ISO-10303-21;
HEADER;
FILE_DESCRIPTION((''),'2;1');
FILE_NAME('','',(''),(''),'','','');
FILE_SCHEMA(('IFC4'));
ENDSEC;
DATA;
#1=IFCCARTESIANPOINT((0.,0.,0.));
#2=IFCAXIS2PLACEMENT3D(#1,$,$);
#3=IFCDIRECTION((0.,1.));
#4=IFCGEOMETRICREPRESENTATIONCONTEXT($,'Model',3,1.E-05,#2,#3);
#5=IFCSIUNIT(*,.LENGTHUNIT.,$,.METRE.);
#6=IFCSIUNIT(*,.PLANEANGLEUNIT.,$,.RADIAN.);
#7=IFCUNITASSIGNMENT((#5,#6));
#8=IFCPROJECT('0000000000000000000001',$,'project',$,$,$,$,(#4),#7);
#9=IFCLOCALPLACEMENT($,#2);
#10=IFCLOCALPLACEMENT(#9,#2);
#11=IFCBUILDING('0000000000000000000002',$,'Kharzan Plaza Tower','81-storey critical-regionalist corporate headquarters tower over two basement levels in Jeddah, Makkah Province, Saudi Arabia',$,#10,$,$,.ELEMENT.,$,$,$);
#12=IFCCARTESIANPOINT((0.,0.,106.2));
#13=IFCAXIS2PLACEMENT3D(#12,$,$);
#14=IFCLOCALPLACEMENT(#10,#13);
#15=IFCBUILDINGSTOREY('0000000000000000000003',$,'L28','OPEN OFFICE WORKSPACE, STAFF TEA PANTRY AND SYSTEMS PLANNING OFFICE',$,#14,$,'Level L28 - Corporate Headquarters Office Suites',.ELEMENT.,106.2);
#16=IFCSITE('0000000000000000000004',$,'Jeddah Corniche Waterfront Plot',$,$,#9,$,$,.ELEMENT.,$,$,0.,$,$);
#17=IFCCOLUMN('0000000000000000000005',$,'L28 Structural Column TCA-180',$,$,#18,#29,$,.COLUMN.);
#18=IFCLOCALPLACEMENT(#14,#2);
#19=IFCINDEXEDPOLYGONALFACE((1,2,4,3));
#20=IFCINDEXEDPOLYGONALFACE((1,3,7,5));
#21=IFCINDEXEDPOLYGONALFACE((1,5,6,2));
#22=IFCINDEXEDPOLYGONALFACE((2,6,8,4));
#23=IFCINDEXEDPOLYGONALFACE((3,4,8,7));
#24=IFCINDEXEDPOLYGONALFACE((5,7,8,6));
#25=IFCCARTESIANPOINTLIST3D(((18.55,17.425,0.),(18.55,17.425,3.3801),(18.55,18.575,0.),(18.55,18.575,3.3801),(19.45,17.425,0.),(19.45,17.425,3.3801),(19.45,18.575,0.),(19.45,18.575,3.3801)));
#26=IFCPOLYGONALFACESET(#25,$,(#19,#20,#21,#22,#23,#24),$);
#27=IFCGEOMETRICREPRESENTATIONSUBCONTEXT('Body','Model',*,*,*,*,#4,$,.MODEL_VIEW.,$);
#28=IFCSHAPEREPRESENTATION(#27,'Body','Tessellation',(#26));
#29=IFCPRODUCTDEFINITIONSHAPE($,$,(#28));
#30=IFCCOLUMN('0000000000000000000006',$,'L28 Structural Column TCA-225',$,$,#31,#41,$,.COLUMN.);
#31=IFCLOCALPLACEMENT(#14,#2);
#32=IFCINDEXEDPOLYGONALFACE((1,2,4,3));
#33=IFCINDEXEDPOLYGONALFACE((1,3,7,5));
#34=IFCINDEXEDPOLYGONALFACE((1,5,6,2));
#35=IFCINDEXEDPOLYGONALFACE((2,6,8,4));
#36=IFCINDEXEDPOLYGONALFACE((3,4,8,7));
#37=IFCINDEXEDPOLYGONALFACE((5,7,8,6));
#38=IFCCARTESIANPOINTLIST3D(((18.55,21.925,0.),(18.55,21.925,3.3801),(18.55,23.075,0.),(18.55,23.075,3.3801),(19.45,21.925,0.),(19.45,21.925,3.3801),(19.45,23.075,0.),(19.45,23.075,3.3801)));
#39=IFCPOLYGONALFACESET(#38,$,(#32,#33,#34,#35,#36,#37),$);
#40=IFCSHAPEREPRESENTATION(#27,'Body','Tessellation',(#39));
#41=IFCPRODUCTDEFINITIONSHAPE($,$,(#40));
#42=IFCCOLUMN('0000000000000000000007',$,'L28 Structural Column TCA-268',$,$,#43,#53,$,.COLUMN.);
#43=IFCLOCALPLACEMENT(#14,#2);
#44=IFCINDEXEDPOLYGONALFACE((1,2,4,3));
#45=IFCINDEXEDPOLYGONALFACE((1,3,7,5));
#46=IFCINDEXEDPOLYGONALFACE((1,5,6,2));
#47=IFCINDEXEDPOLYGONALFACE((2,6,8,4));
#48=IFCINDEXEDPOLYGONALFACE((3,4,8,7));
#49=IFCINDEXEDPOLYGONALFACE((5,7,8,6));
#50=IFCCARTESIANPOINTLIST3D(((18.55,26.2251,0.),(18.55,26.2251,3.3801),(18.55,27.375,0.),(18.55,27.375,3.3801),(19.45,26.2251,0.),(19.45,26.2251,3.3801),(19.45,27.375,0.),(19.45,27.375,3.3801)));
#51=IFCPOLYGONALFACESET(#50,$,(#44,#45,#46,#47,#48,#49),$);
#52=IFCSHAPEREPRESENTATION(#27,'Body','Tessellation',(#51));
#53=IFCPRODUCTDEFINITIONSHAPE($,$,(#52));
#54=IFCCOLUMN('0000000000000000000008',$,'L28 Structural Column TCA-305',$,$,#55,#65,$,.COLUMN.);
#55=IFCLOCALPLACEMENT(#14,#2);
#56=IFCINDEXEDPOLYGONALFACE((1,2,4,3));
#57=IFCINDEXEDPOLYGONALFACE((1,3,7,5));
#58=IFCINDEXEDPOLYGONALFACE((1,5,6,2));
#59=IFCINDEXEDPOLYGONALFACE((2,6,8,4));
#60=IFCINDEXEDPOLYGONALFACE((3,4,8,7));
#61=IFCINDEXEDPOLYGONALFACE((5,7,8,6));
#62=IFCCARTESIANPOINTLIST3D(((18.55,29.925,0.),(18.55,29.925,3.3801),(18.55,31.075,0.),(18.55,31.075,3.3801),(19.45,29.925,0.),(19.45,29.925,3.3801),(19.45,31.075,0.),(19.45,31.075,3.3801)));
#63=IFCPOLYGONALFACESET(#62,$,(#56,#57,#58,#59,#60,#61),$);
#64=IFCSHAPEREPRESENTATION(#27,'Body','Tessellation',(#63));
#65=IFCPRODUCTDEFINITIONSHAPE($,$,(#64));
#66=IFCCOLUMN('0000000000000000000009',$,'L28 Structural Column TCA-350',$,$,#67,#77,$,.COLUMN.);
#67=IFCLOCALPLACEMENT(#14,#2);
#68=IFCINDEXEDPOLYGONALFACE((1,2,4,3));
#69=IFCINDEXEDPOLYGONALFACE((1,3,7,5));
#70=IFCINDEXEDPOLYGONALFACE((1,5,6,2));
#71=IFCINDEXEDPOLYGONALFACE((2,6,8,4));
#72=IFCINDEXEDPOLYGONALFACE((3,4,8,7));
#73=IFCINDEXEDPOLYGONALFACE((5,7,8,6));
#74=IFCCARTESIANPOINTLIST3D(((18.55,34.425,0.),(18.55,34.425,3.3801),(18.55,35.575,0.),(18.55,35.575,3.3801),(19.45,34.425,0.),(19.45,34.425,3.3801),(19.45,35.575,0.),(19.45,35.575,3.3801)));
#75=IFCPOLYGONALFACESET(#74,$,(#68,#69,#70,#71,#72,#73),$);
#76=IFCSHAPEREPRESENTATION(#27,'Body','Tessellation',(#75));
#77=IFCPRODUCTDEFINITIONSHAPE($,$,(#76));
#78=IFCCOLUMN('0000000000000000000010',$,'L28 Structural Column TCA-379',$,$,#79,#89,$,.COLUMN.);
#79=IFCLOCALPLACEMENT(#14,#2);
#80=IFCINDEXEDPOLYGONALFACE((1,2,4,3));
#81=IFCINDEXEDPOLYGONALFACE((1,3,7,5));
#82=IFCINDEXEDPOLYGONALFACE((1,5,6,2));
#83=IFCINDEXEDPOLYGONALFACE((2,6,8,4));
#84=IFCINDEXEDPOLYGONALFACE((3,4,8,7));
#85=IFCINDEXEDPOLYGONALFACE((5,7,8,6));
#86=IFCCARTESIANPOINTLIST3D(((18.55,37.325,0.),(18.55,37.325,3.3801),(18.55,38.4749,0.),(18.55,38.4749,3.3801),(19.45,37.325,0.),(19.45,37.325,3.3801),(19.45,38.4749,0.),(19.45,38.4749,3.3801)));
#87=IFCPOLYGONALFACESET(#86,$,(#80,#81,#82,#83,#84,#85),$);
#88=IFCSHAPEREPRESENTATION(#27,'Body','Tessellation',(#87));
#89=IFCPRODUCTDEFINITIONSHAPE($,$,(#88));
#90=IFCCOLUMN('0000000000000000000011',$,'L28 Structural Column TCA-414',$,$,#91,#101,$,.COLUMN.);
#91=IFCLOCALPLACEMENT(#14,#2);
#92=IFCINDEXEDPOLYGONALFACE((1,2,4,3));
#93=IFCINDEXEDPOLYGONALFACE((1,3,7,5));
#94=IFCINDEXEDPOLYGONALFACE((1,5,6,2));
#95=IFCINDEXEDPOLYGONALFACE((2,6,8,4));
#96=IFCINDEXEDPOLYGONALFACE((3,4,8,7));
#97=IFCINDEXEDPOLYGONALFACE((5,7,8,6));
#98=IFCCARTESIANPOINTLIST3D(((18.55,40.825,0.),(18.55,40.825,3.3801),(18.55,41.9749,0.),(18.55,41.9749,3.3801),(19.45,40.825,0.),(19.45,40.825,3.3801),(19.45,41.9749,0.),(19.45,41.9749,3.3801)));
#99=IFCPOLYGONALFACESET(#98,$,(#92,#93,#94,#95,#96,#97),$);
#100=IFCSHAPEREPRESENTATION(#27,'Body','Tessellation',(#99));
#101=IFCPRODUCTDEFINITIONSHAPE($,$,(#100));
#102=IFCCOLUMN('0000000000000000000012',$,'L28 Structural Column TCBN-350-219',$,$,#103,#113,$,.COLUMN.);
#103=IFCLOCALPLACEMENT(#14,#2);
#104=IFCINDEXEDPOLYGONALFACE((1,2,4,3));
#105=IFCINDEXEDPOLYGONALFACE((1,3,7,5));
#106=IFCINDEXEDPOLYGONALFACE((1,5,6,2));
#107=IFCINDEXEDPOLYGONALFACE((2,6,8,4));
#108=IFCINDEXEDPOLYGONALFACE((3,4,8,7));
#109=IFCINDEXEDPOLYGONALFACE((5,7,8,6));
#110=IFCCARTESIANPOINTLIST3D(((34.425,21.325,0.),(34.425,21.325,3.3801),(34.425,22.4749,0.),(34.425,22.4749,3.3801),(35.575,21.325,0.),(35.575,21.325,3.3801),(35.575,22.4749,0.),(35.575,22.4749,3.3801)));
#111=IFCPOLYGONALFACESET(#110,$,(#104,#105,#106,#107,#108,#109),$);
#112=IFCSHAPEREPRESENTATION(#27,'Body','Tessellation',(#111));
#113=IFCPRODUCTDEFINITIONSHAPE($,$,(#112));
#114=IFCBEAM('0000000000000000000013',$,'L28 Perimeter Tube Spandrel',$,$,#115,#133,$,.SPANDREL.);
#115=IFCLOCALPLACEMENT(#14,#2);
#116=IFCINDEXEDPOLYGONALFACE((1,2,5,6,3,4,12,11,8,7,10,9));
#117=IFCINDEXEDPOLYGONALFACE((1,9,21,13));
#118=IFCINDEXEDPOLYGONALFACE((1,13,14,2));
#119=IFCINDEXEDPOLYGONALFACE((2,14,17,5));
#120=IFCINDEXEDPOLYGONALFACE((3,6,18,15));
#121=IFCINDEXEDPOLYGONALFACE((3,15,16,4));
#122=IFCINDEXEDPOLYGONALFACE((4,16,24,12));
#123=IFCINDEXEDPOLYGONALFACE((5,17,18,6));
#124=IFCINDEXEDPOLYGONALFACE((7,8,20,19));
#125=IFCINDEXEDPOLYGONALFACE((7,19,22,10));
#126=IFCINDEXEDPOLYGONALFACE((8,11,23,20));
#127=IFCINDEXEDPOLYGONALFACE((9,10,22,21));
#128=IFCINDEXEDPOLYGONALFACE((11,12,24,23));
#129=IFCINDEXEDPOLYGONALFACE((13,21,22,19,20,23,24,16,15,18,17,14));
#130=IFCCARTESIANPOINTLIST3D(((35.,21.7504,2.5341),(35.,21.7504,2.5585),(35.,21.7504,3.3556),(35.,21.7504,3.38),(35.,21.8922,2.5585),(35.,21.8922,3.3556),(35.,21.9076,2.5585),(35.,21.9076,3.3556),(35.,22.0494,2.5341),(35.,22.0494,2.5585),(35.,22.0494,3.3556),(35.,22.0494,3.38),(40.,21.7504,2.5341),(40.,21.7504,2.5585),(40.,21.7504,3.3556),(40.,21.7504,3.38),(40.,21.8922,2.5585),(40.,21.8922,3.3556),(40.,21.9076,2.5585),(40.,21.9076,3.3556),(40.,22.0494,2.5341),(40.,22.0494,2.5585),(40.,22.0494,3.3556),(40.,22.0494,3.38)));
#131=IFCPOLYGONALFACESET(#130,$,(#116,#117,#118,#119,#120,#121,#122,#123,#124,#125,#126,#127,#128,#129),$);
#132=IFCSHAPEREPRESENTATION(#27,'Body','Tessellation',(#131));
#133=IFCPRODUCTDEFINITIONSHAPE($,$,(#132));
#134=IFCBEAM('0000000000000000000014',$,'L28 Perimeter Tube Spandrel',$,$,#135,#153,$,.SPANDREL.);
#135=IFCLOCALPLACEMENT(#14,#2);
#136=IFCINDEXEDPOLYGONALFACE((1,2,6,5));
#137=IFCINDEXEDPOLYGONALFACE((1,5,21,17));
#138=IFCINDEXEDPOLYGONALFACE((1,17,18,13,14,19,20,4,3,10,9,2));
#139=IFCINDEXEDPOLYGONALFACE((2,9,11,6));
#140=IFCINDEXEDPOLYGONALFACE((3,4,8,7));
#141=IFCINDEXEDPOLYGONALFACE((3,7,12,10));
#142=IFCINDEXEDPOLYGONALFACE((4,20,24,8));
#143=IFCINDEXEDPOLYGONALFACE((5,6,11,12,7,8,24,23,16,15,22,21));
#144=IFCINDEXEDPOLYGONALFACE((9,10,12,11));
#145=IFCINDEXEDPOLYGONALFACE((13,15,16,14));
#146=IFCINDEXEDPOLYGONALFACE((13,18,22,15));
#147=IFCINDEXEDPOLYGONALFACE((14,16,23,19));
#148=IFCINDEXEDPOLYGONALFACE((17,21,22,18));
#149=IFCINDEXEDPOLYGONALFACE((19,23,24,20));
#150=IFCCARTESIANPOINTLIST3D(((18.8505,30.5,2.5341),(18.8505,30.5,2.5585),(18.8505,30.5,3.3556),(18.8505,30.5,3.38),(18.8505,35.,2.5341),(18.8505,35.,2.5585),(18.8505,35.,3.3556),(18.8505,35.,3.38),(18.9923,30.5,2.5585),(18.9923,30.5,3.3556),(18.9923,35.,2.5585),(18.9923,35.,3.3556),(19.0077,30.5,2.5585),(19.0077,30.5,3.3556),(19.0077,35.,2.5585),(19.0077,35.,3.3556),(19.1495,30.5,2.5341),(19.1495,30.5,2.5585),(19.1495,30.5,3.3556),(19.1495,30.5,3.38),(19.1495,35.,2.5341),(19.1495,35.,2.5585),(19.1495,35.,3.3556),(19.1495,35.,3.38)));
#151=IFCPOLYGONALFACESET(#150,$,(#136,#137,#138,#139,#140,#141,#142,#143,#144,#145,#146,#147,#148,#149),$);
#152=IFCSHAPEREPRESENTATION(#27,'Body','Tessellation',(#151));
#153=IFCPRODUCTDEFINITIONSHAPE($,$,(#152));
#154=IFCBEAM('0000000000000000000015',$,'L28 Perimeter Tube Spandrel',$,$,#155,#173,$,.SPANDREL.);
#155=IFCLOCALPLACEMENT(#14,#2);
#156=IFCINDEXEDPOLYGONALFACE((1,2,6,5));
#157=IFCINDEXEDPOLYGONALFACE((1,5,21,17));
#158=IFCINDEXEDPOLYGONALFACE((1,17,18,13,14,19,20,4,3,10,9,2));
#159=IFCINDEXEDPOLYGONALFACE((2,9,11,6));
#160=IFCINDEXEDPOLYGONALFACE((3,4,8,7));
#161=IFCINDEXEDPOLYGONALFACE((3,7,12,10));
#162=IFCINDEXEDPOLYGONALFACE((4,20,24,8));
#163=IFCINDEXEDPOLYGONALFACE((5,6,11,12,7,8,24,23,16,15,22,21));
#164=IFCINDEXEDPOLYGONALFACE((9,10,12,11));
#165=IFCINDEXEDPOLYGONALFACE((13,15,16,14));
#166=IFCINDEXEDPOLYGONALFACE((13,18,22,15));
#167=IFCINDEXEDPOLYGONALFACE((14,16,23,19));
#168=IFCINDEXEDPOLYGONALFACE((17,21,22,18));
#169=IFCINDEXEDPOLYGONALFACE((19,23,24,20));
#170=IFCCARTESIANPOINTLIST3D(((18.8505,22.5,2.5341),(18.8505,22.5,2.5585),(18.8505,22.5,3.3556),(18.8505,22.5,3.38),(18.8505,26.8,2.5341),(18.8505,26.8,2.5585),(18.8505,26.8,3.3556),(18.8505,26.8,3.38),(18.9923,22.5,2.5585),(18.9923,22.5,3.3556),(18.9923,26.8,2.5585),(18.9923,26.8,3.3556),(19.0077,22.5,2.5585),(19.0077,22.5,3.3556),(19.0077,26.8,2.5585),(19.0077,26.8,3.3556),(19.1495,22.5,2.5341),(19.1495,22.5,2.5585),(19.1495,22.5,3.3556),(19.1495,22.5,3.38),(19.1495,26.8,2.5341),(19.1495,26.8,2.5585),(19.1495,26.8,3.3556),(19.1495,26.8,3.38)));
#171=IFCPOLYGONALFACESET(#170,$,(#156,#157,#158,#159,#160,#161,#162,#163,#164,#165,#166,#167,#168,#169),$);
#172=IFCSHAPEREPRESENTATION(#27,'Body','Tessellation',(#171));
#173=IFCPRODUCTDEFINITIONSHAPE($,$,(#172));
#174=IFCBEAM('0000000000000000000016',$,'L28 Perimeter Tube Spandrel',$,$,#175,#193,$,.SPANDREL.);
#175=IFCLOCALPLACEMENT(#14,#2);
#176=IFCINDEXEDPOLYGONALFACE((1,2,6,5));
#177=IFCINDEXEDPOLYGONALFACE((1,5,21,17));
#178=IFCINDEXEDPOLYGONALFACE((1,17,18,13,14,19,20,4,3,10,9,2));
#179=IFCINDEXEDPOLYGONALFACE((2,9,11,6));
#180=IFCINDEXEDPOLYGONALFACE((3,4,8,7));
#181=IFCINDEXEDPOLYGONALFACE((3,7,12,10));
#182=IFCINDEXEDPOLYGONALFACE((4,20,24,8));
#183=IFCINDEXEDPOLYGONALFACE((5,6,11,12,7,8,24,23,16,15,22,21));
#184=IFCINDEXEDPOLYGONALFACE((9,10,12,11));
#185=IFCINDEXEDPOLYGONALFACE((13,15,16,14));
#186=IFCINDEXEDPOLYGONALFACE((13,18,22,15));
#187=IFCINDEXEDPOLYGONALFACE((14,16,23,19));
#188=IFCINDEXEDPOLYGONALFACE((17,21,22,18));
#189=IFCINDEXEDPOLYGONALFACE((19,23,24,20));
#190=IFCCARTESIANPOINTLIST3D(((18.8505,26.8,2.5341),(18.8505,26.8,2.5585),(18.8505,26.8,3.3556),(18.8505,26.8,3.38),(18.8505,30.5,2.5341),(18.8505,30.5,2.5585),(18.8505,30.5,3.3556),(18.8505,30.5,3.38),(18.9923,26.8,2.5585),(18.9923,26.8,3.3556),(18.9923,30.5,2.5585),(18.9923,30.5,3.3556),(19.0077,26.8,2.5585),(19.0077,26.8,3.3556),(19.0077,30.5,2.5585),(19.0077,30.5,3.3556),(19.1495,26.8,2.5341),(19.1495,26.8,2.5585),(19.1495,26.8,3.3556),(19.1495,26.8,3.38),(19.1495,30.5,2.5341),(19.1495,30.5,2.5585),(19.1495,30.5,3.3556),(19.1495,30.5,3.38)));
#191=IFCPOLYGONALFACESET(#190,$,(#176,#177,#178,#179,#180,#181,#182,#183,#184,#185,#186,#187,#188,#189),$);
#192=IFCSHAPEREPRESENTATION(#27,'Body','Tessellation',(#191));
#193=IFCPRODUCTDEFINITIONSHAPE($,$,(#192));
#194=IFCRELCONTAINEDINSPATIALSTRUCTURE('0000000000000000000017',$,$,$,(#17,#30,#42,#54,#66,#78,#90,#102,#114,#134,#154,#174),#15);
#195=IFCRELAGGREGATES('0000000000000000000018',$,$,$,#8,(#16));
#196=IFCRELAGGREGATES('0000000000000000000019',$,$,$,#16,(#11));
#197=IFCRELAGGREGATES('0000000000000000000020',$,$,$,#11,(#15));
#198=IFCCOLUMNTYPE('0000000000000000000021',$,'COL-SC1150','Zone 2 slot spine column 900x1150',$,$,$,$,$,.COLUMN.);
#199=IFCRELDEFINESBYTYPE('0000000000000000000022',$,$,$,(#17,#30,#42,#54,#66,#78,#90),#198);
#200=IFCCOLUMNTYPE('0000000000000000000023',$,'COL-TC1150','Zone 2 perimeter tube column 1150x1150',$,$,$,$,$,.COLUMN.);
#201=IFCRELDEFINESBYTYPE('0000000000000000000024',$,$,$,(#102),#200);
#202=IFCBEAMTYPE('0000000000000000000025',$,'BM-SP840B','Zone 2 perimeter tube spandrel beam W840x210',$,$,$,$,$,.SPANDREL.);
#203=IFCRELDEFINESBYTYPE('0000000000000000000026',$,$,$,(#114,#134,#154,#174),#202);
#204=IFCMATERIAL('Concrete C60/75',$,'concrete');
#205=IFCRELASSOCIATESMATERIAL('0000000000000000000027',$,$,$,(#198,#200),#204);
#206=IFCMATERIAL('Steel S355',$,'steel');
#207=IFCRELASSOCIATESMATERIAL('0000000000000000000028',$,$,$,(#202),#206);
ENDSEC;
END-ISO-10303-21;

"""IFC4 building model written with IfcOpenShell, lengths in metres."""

from ifc_helpers import new_model, si_unit, direction, frame, origin, origin_2d, place, context, subcontext, project, spatial, rectangle, i_section, extrude, source, transform, mapped, material, material_profile, profile_set, type_object, element, save


model = new_model("IFC4")

# Units and contexts
model_context = context("Model", 3, precision=1e-05, world=origin(), true_north=direction((0.0, 1.0)))
body_context = subcontext(model_context, "Body", "Model", "MODEL_VIEW")
ifc_project = project(units=[si_unit("LENGTHUNIT", "METRE"), si_unit("PLANEANGLEUNIT", "RADIAN")], contexts=[model_context])

# Site, building, storey
site_placement = place(None, origin())
site = spatial("IfcSite", under=ifc_project, at=site_placement, Name="Jeddah Corniche Waterfront Plot", CompositionType="ELEMENT", RefElevation=0.0)
building_placement = place(site_placement, origin())
building = spatial("IfcBuilding", under=site, at=building_placement, Name="Kharzan Plaza Tower", Description="81-storey critical-regionalist corporate headquarters tower over two basement levels in Jeddah, Makkah Province, Saudi Arabia", CompositionType="ELEMENT")
storey_placement = place(building_placement, frame((0.0, 0.0, 106.2)))
storey = spatial("IfcBuildingStorey", under=building, at=storey_placement, Name="L28", Description="OPEN OFFICE WORKSPACE, STAFF TEA PANTRY AND SYSTEMS PLANNING OFFICE", LongName="Level L28 - Corporate Headquarters Office Suites", CompositionType="ELEMENT", Elevation=106.2)

# Columns
ifc_material_1 = material(Name="Concrete C60/75", Category="concrete")
ifc_material_profile_1 = material_profile(ifc_material_1, rectangle(XDim=0.8999, YDim=1.1499, at=origin_2d()), Name="RC-SC1150x900")
ifc_profile_set_1 = profile_set([ifc_material_profile_1], Name="Concrete C60/75")
column_type_1 = type_object("IfcColumnType", Name="COL-SC1150", Description="Zone 2 slot spine column 900x1150", PredefinedType="COLUMN", material=ifc_profile_set_1)
shared_shape_1 = source(origin(), body_context, "Body", "SweptSolid", [
    extrude(rectangle(XDim=0.8999, YDim=1.1499, at=origin_2d()), origin(), (0.0, 0.0, 1.0), 3.3801),
])
for number, where, z_axis, x_axis, name in (
    (1, (19.0, 18.0, 0.0), (0.0, 0.0, 1.0), (1.0, 0.0, 0.0), "L28 Structural Column TCA-180"),
    (2, (19.0, 22.5, 0.0), (0.0, 0.0, 1.0), (1.0, 0.0, 0.0), "L28 Structural Column TCA-225"),
    (3, (19.0, 26.8, 0.0), (0.0, 0.0, 1.0), (1.0, 0.0, 0.0), "L28 Structural Column TCA-268"),
    (4, (19.0, 30.5, 0.0), (0.0, 0.0, 1.0), (1.0, 0.0, 0.0), "L28 Structural Column TCA-305"),
    (5, (19.0, 35.0, 0.0), (0.0, 0.0, 1.0), (1.0, 0.0, 0.0), "L28 Structural Column TCA-350"),
    (6, (19.0, 37.8999, 0.0), (0.0, 0.0, 1.0), (1.0, 0.0, 0.0), "L28 Structural Column TCA-379"),
    (7, (19.0, 41.3999, 0.0), (0.0, 0.0, 1.0), (1.0, 0.0, 0.0), "L28 Structural Column TCA-414"),
):
    element("IfcColumn", number, at=place(storey_placement, frame(where, z_axis=z_axis, x_axis=x_axis)), inside=storey, type_object=column_type_1, Name=name, PredefinedType="COLUMN", context=body_context, shape_type="MappedRepresentation", body=[
        mapped(shared_shape_1, transform((0.0, 0.0, 0.0), x_axis=(1.0, 0.0, 0.0), y_axis=(0.0, 1.0, 0.0), z_axis=(0.0, 0.0, 1.0))),
    ])
ifc_material_profile_2 = material_profile(ifc_material_1, rectangle(XDim=1.1499, YDim=1.1499, at=origin_2d()), Name="RC-TC1150x1150")
ifc_profile_set_2 = profile_set([ifc_material_profile_2], Name="Concrete C60/75")
column_type_2 = type_object("IfcColumnType", Name="COL-TC1150", Description="Zone 2 perimeter tube column 1150x1150", PredefinedType="COLUMN", material=ifc_profile_set_2)
shared_shape_2 = source(origin(), body_context, "Body", "SweptSolid", [
    extrude(rectangle(XDim=1.1499, YDim=1.1499, at=origin_2d()), origin(), (0.0, 0.0, 1.0), 3.3801),
])
column_placement = place(storey_placement, frame((35.0, 21.8999, 0.0), z_axis=(0.0, 0.0, 1.0), x_axis=(1.0, 0.0, 0.0)))
element("IfcColumn", 8, at=column_placement, inside=storey, type_object=column_type_2, Name="L28 Structural Column TCBN-350-219", PredefinedType="COLUMN", context=body_context, shape_type="MappedRepresentation", body=[
    mapped(shared_shape_2, transform((0.0, 0.0, 0.0), x_axis=(1.0, 0.0, 0.0), y_axis=(0.0, 1.0, 0.0), z_axis=(0.0, 0.0, 1.0))),
])

# Beams
ifc_material_2 = material(Name="Steel S355", Category="steel")
ifc_material_profile_3 = material_profile(ifc_material_2, i_section(OverallWidth=0.2991, OverallDepth=0.8459, WebThickness=0.0154, FlangeThickness=0.0244, at=origin_2d()), Name="W840x210")
ifc_profile_set_3 = profile_set([ifc_material_profile_3], Name="Steel S355")
beam_type = type_object("IfcBeamType", Name="BM-SP840B", Description="Zone 2 perimeter tube spandrel beam W840x210", PredefinedType="SPANDREL", material=ifc_profile_set_3)
shared_shape_3 = source(origin(), body_context, "Body", "SweptSolid", [
    extrude(i_section(OverallWidth=0.2991, OverallDepth=0.8459, WebThickness=0.0154, FlangeThickness=0.0244, at=origin_2d()), origin(), (0.0, 0.0, 1.0), 5.0),
])
beam_1_placement = place(storey_placement, frame((35.0, 21.8999, 2.957), z_axis=(1.0, 0.0, 0.0), x_axis=(0.0, 1.0, 0.0)))
element("IfcBeam", 9, at=beam_1_placement, inside=storey, type_object=beam_type, Name="L28 Perimeter Tube Spandrel", PredefinedType="SPANDREL", context=body_context, shape_type="MappedRepresentation", body=[
    mapped(shared_shape_3, transform((0.0, 0.0, 0.0), x_axis=(1.0, 0.0, 0.0), y_axis=(0.0, 1.0, 0.0), z_axis=(0.0, 0.0, 1.0))),
])
shared_shape_4 = source(origin(), body_context, "Body", "SweptSolid", [
    extrude(i_section(OverallWidth=0.2991, OverallDepth=0.8459, WebThickness=0.0154, FlangeThickness=0.0244, at=origin_2d()), origin(), (0.0, 0.0, 1.0), 4.5),
])
beam_2_placement = place(storey_placement, frame((19.0, 30.5, 2.957), z_axis=(0.0, 1.0, 0.0), x_axis=(-1.0, 0.0, 0.0)))
element("IfcBeam", 10, at=beam_2_placement, inside=storey, type_object=beam_type, Name="L28 Perimeter Tube Spandrel", PredefinedType="SPANDREL", context=body_context, shape_type="MappedRepresentation", body=[
    mapped(shared_shape_4, transform((0.0, 0.0, 0.0), x_axis=(1.0, 0.0, 0.0), y_axis=(0.0, 1.0, 0.0), z_axis=(0.0, 0.0, 1.0))),
])
shared_shape_5 = source(origin(), body_context, "Body", "SweptSolid", [
    extrude(i_section(OverallWidth=0.2991, OverallDepth=0.8459, WebThickness=0.0154, FlangeThickness=0.0244, at=origin_2d()), origin(), (0.0, 0.0, 1.0), 4.3),
])
beam_3_placement = place(storey_placement, frame((19.0, 22.5, 2.957), z_axis=(0.0, 1.0, 0.0), x_axis=(-1.0, 0.0, 0.0)))
element("IfcBeam", 11, at=beam_3_placement, inside=storey, type_object=beam_type, Name="L28 Perimeter Tube Spandrel", PredefinedType="SPANDREL", context=body_context, shape_type="MappedRepresentation", body=[
    mapped(shared_shape_5, transform((0.0, 0.0, 0.0), x_axis=(1.0, 0.0, 0.0), y_axis=(0.0, 1.0, 0.0), z_axis=(0.0, 0.0, 1.0))),
])
shared_shape_6 = source(origin(), body_context, "Body", "SweptSolid", [
    extrude(i_section(OverallWidth=0.2991, OverallDepth=0.8459, WebThickness=0.0154, FlangeThickness=0.0244, at=origin_2d()), origin(), (0.0, 0.0, 1.0), 3.7),
])
beam_4_placement = place(storey_placement, frame((19.0, 26.8, 2.957), z_axis=(0.0, 1.0, 0.0), x_axis=(-1.0, 0.0, 0.0)))
element("IfcBeam", 12, at=beam_4_placement, inside=storey, type_object=beam_type, Name="L28 Perimeter Tube Spandrel", PredefinedType="SPANDREL", context=body_context, shape_type="MappedRepresentation", body=[
    mapped(shared_shape_6, transform((0.0, 0.0, 0.0), x_axis=(1.0, 0.0, 0.0), y_axis=(0.0, 1.0, 0.0), z_axis=(0.0, 0.0, 1.0))),
])

save(model, "model.ifc")
